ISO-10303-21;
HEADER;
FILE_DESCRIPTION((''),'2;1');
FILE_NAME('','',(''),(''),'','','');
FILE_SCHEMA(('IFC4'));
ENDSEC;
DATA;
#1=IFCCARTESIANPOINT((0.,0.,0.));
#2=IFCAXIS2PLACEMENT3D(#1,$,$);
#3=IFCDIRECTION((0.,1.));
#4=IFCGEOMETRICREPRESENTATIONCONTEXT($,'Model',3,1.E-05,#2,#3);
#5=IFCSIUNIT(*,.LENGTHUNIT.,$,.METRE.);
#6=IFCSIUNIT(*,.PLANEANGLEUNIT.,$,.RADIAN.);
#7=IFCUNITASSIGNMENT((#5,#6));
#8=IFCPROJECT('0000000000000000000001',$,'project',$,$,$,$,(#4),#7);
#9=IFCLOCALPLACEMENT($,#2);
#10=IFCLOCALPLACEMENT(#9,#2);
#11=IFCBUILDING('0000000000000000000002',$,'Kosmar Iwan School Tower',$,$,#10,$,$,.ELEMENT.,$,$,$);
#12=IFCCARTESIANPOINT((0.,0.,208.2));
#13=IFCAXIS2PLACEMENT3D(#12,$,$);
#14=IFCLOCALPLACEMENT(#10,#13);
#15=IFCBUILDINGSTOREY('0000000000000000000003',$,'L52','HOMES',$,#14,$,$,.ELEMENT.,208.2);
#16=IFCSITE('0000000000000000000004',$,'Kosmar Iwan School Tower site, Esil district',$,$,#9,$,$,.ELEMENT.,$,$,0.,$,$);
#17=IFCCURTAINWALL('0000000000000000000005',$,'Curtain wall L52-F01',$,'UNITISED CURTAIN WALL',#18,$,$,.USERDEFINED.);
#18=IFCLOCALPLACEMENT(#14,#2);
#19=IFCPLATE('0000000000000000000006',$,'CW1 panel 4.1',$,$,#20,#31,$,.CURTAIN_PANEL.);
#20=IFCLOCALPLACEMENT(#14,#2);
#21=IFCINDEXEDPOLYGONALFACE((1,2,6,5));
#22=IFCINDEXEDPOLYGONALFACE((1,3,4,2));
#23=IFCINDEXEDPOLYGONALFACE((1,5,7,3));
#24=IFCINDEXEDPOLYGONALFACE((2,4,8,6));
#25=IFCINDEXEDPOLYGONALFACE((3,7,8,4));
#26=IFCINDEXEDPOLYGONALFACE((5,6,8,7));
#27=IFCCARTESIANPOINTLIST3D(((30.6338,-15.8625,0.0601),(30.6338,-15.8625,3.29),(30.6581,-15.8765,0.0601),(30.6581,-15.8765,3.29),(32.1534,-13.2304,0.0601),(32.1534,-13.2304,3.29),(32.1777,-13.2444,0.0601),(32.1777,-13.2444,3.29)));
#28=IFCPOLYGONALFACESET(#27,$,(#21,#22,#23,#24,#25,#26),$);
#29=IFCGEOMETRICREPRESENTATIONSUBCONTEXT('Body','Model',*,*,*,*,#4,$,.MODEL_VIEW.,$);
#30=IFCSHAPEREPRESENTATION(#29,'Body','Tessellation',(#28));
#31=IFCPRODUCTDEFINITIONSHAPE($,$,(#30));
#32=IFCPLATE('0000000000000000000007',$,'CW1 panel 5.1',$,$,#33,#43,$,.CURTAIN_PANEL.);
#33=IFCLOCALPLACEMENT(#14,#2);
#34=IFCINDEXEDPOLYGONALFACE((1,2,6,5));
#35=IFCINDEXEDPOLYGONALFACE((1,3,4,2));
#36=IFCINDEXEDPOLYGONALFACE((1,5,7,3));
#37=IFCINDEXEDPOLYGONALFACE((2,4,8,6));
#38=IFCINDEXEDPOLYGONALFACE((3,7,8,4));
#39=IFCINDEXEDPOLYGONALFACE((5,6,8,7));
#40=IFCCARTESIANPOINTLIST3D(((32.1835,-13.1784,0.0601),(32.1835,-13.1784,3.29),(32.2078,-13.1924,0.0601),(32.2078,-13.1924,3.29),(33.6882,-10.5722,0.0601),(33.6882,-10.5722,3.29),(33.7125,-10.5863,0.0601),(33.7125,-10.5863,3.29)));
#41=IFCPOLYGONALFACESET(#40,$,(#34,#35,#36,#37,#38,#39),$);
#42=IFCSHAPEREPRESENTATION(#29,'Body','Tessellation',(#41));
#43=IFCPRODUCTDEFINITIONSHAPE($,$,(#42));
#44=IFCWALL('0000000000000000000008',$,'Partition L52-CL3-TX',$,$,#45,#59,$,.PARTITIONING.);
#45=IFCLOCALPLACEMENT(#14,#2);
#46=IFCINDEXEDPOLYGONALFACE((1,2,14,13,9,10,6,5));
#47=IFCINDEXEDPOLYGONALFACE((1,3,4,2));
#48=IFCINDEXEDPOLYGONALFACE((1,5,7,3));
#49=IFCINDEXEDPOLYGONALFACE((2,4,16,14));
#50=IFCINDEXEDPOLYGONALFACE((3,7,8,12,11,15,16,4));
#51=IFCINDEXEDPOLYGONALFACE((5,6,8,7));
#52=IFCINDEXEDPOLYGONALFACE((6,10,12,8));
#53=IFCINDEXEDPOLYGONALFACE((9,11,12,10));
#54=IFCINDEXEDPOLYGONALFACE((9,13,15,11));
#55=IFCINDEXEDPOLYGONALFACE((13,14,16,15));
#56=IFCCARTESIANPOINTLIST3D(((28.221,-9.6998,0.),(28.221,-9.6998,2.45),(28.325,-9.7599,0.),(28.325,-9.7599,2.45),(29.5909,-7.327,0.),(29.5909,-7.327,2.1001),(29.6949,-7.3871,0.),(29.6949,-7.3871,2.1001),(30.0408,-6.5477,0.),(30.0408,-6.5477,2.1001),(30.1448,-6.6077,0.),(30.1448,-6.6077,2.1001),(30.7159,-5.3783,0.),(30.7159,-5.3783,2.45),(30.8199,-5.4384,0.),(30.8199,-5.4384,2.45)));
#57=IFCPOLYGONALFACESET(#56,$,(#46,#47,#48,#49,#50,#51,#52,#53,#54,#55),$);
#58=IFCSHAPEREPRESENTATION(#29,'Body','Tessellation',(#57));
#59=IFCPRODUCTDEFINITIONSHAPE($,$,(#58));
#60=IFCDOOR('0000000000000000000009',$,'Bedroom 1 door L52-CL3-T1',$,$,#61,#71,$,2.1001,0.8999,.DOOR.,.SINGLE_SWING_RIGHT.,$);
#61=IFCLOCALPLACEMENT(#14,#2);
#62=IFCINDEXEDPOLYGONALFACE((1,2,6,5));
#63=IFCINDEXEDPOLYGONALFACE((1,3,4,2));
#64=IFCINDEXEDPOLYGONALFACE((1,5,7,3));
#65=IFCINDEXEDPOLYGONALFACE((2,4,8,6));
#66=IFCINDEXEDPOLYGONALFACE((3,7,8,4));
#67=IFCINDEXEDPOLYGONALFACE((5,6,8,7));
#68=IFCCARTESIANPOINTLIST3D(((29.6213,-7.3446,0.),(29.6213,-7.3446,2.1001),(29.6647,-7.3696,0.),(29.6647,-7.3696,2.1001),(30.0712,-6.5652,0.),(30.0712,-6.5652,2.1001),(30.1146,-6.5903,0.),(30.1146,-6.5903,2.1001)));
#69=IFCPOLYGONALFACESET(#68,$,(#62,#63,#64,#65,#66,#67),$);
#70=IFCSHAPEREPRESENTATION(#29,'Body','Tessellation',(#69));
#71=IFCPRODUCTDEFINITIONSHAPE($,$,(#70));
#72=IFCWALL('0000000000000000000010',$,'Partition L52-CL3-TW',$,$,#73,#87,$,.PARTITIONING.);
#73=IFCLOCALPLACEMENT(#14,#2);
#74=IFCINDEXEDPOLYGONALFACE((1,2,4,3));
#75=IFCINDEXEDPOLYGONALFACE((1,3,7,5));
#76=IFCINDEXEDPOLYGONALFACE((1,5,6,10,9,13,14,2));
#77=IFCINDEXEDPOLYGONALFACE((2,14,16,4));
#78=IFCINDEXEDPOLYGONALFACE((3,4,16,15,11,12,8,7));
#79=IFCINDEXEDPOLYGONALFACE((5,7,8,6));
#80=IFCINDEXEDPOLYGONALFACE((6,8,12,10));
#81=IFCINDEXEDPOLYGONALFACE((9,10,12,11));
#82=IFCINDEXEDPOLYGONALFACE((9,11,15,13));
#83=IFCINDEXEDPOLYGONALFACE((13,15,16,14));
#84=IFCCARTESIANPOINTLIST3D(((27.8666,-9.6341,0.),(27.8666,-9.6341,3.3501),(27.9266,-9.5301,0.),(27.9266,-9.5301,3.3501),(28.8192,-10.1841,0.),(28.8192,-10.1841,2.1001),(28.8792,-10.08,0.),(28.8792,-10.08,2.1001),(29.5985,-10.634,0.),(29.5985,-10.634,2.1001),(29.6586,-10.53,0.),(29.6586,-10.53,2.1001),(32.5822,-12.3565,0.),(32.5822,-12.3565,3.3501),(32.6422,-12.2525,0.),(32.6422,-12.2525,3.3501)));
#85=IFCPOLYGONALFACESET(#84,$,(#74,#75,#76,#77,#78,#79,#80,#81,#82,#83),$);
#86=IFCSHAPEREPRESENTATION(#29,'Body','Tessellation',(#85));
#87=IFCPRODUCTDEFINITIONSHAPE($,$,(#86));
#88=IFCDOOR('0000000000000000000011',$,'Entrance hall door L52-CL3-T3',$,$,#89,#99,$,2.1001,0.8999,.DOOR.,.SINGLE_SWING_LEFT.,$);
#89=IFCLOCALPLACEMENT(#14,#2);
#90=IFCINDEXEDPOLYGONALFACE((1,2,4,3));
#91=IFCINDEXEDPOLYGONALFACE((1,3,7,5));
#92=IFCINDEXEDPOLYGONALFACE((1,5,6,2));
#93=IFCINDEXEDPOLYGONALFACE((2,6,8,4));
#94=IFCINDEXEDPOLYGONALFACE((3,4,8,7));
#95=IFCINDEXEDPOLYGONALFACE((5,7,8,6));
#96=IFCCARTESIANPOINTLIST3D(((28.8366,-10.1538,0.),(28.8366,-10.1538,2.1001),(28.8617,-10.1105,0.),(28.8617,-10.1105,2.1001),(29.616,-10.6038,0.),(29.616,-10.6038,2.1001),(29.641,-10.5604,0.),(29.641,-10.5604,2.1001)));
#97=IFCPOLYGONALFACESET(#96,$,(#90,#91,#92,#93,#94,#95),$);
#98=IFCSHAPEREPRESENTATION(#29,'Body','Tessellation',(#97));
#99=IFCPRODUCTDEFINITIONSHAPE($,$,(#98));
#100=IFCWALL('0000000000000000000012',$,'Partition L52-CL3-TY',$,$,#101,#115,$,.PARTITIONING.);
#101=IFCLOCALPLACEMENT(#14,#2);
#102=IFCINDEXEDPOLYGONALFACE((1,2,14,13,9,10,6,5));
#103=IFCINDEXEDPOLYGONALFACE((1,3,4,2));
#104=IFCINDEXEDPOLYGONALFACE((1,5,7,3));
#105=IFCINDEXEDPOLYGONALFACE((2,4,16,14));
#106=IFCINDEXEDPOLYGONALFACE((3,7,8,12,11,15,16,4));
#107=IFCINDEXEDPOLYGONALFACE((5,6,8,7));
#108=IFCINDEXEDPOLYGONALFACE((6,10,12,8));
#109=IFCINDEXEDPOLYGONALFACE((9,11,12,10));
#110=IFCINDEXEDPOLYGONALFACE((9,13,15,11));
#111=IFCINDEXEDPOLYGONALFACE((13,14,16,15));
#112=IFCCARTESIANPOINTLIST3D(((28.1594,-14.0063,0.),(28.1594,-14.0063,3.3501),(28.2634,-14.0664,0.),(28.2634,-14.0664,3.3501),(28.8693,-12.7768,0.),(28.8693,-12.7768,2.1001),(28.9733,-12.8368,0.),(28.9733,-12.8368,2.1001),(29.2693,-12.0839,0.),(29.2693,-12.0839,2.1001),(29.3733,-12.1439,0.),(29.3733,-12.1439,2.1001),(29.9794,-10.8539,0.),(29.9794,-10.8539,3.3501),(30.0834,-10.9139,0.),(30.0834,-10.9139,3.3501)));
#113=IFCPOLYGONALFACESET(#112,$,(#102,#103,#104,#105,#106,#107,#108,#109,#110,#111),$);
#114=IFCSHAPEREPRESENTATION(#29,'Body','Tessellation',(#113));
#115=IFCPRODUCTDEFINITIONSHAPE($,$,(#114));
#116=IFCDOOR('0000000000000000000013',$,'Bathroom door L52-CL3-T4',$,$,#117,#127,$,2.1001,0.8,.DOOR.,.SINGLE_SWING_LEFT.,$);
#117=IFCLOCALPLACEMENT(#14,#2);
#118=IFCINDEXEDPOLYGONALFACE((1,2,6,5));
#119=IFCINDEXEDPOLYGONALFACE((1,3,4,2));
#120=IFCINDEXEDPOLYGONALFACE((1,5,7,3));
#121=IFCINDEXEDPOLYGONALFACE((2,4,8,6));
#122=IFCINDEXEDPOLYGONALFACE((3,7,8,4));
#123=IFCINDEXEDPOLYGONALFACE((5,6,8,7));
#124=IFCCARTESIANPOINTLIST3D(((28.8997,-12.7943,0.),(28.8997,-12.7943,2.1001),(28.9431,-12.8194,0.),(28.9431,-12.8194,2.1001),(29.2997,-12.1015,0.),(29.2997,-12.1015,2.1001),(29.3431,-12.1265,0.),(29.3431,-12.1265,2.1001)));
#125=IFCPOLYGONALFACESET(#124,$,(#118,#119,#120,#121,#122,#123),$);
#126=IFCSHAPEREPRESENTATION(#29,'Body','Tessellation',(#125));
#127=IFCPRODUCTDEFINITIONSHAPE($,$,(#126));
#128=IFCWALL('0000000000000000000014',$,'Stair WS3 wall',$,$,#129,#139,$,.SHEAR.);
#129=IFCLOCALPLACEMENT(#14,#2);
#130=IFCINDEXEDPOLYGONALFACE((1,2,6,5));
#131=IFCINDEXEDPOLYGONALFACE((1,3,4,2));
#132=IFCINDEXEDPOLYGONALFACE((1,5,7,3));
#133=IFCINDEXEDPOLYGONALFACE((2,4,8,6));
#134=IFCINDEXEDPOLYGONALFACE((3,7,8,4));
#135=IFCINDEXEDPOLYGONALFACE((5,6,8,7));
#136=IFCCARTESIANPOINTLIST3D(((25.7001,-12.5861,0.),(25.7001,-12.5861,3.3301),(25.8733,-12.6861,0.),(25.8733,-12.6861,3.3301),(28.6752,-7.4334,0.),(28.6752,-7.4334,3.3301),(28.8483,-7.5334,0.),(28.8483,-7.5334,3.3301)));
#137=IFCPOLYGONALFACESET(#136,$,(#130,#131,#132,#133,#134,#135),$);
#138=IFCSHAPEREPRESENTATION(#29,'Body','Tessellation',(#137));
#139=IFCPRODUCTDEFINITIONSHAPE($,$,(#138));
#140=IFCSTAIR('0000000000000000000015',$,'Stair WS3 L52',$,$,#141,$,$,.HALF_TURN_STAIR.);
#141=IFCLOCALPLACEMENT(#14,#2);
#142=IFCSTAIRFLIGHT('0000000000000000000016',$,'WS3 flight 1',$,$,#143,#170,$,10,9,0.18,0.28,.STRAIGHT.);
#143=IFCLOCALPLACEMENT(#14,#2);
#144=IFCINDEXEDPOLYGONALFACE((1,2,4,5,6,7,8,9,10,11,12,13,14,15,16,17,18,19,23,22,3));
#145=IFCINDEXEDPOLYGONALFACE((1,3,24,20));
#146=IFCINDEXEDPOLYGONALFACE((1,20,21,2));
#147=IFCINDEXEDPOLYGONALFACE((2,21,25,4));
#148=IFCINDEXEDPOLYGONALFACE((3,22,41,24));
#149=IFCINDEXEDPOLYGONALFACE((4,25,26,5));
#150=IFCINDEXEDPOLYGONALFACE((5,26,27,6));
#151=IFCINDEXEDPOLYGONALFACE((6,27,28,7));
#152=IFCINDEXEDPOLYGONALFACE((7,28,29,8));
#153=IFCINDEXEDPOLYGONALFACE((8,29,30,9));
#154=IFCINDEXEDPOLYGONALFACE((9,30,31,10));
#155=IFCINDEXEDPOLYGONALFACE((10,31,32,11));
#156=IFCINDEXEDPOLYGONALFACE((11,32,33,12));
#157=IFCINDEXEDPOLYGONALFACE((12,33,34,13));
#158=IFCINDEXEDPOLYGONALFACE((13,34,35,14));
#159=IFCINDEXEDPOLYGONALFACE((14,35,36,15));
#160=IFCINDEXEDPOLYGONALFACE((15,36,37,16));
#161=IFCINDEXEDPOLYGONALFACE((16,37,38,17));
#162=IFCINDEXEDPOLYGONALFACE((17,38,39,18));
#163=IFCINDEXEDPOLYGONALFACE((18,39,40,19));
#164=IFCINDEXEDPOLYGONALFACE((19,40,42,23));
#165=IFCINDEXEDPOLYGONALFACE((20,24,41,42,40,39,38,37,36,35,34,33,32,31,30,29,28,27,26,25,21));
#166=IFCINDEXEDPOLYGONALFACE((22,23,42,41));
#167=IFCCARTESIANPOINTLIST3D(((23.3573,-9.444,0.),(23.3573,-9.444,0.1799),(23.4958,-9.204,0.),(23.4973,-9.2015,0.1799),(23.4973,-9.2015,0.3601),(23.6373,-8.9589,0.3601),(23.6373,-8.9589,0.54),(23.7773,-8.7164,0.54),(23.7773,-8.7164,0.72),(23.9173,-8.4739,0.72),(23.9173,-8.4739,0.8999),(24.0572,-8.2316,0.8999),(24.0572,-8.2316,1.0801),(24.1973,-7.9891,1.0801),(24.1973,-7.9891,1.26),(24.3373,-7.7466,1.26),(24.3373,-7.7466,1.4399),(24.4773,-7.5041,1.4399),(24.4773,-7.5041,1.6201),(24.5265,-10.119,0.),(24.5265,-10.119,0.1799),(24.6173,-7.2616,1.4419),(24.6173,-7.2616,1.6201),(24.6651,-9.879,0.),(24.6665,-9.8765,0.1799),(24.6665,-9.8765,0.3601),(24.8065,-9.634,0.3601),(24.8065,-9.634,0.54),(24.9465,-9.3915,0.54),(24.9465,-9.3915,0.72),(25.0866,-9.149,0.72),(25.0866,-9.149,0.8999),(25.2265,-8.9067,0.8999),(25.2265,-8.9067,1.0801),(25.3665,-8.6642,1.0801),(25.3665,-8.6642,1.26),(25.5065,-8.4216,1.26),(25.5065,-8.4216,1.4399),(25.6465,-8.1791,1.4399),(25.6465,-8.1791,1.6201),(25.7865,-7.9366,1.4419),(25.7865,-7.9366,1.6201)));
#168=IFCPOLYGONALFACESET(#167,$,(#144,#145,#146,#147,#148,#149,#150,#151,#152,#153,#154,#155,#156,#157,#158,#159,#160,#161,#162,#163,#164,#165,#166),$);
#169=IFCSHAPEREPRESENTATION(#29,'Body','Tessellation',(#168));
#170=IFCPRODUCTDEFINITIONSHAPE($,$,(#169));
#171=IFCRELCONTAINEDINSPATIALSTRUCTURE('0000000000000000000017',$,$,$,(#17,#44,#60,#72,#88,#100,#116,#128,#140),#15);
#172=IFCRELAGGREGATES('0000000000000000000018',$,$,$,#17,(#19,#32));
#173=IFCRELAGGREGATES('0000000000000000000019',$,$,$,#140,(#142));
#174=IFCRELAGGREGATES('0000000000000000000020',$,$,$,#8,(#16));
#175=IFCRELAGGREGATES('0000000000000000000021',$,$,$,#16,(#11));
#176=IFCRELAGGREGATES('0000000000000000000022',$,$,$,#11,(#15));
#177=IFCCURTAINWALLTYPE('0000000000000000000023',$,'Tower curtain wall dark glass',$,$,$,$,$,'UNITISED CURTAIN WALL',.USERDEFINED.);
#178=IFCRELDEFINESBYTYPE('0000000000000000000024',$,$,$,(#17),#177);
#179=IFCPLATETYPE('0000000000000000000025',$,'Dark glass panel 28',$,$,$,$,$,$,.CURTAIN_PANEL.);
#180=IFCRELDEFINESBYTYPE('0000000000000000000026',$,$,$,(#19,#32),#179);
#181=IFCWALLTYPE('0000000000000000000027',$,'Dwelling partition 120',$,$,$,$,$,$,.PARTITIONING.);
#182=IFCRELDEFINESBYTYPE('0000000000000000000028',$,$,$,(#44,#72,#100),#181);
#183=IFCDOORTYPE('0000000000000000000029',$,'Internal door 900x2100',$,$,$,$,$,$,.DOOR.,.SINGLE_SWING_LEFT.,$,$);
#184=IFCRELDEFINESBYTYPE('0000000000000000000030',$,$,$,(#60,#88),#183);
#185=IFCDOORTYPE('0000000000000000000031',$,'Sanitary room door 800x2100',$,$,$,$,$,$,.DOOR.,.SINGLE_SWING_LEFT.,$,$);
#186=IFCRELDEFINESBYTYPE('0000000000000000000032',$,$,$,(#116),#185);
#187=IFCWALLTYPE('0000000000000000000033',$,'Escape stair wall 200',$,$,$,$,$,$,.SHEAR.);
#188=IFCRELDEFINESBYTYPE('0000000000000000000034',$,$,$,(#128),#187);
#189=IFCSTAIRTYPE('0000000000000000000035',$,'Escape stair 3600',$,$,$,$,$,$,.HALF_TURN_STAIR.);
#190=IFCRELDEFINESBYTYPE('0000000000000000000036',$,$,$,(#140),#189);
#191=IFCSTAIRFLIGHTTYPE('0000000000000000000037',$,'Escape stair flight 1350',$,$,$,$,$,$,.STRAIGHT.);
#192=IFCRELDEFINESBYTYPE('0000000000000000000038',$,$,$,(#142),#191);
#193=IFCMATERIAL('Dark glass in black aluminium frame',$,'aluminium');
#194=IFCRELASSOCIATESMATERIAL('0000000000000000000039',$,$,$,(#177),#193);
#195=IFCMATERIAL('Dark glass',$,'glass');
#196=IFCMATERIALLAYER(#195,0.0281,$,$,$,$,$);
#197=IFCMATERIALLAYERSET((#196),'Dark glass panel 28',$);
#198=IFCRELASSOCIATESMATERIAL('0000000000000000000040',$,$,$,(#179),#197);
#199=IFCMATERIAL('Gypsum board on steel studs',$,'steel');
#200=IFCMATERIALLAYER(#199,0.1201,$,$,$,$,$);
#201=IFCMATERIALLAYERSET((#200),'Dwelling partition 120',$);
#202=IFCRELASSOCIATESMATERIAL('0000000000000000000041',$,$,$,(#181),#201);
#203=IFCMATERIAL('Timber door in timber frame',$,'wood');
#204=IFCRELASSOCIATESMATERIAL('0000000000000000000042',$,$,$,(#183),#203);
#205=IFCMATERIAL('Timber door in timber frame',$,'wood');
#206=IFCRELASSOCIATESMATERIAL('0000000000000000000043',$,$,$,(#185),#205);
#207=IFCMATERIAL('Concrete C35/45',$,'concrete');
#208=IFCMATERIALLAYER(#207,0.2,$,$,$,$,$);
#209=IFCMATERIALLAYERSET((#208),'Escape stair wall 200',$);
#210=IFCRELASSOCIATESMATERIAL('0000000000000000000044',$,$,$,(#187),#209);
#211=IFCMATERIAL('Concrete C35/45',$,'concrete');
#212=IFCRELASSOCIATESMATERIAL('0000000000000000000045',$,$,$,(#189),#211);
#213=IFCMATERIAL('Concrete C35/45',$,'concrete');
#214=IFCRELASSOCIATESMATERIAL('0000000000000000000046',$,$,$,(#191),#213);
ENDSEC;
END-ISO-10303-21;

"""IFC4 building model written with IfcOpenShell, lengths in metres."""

from ifc_helpers import new_model, si_unit, direction, frame, frame_2d, origin, origin_2d, place, context, subcontext, project, spatial, polyline, rectangle, outline, extrude, material, layer, layer_set, type_object, element, fill, aggregate, save


model = new_model("IFC4")

# Units and contexts
model_context = context("Model", 3, precision=1e-05, world=origin(), true_north=direction((0.0, 1.0)))
body_context = subcontext(model_context, "Body", "Model", "MODEL_VIEW")
ifc_project = project(units=[si_unit("LENGTHUNIT", "METRE"), si_unit("PLANEANGLEUNIT", "RADIAN")], contexts=[model_context])

# Site, building, storey
site_placement = place(None, origin())
site = spatial("IfcSite", under=ifc_project, at=site_placement, Name="Kosmar Iwan School Tower site, Esil district", CompositionType="ELEMENT", RefElevation=0.0)
building_placement = place(site_placement, origin())
building = spatial("IfcBuilding", under=site, at=building_placement, Name="Kosmar Iwan School Tower", CompositionType="ELEMENT")
storey_placement = place(building_placement, frame((0.0, 0.0, 208.2)))
storey = spatial("IfcBuildingStorey", under=building, at=storey_placement, Name="L52", Description="HOMES", CompositionType="ELEMENT", Elevation=208.2)

# Curtain wall
ifc_material_1 = material(Name="Dark glass in black aluminium frame", Category="aluminium")
curtain_wall_type_1 = type_object("IfcCurtainWallType", Name="Tower curtain wall dark glass", ElementType="UNITISED CURTAIN WALL", PredefinedType="USERDEFINED", material=ifc_material_1)
curtain_wall_1_placement = place(storey_placement, origin())
curtain_wall_1 = element("IfcCurtainWall", 1, at=curtain_wall_1_placement, inside=storey, type_object=curtain_wall_type_1, Name="Curtain wall L52-F01", ObjectType="UNITISED CURTAIN WALL", PredefinedType="USERDEFINED")

# Plates
ifc_material_2 = material(Name="Dark glass", Category="glass")
ifc_layer_1 = layer(ifc_material_2, 0.0281)
ifc_layer_set_1 = layer_set([ifc_layer_1], Name="Dark glass panel 28")
plate_type = type_object("IfcPlateType", Name="Dark glass panel 28", PredefinedType="CURTAIN_PANEL", material=ifc_layer_set_1)
plate_1_placement = place(storey_placement, frame((31.4058, -14.5535, 0.0601), z_axis=(0.0, 0.0, 1.0), x_axis=(0.5, 0.866025, 0.0)))
plate_1 = element("IfcPlate", 2, at=plate_1_placement, type_object=plate_type, Name="CW1 panel 4.1", PredefinedType="CURTAIN_PANEL", context=body_context, shape_type="SweptSolid", body=[
    extrude(rectangle(XDim=3.0393, YDim=0.0281, at=origin_2d()), origin(), (0.0, 0.0, 1.0), 3.23),
])
plate_2_placement = place(storey_placement, frame((32.948, -11.8823, 0.0601), z_axis=(0.0, 0.0, 1.0), x_axis=(0.5, 0.866025, 0.0)))
plate_2 = element("IfcPlate", 3, at=plate_2_placement, type_object=plate_type, Name="CW1 panel 5.1", PredefinedType="CURTAIN_PANEL", context=body_context, shape_type="SweptSolid", body=[
    extrude(rectangle(XDim=3.0093, YDim=0.0281, at=origin_2d()), origin(), (0.0, 0.0, 1.0), 3.23),
])
aggregate(curtain_wall_1, [plate_1, plate_2])

# Walls, openings, doors
ifc_material_3 = material(Name="Gypsum board on steel studs", Category="steel")
ifc_layer_2 = layer(ifc_material_3, 0.1201)
ifc_layer_set_2 = layer_set([ifc_layer_2], Name="Dwelling partition 120")
wall_type_1 = type_object("IfcWallType", Name="Dwelling partition 120", PredefinedType="PARTITIONING", material=ifc_layer_set_2)
wall_1_placement = place(storey_placement, frame((28.2729, -9.73, 0.0), z_axis=(0.0, 0.0, 1.0), x_axis=(0.499975, 0.86604, 0.0)))
wall_1 = element("IfcWall", 4, at=wall_1_placement, inside=storey, type_object=wall_type_1, Name="Partition L52-CL3-TX", PredefinedType="PARTITIONING", context=body_context, shape_type="SweptSolid", body=[
    extrude(rectangle(XDim=4.99, YDim=0.1201, at=frame_2d((2.4951, 0.0))), origin(), (0.0, 0.0, 1.0), 2.45),
])
opening_1_placement = place(wall_1_placement, frame((2.74, 0.0, 0.0)))
opening_1 = element("IfcOpeningElement", 5, at=opening_1_placement, cuts=wall_1, PredefinedType="OPENING", context=body_context, shape_type="SweptSolid", body=[
    extrude(rectangle(XDim=0.8999, YDim=2.1001, at=frame_2d((0.45, 1.05))), frame((0.0, 0.072, 0.0), z_axis=(0.0, -1.0, 0.0), x_axis=(1.0, 0.0, 0.0)), (0.0, 0.0, 1.0), 0.144),
])
ifc_material_4 = material(Name="Timber door in timber frame", Category="wood")
door_type_1 = type_object("IfcDoorType", Name="Internal door 900x2100", OperationType="SINGLE_SWING_LEFT", PredefinedType="DOOR", material=ifc_material_4)
door_1_placement = place(opening_1_placement, origin())
door_1 = element("IfcDoor", 6, at=door_1_placement, inside=storey, type_object=door_type_1, Name="Bedroom 1 door L52-CL3-T1", OperationType="SINGLE_SWING_RIGHT", OverallHeight=2.1001, OverallWidth=0.8999, PredefinedType="DOOR", context=body_context, shape_type="SweptSolid", body=[
    extrude(rectangle(XDim=0.8999, YDim=2.1001, at=frame_2d((0.45, 1.05))), frame((0.0, 0.0249, 0.0), z_axis=(0.0, -1.0, 0.0), x_axis=(1.0, 0.0, 0.0)), (0.0, 0.0, 1.0), 0.05),
])
fill(opening_1, door_1)
wall_2_placement = place(storey_placement, frame((27.8965, -9.582, 0.0), z_axis=(0.0, 0.0, 1.0), x_axis=(0.866036, -0.499982, 0.0)))
wall_2 = element("IfcWall", 7, at=wall_2_placement, inside=storey, type_object=wall_type_1, Name="Partition L52-CL3-TW", PredefinedType="PARTITIONING", context=body_context, shape_type="SweptSolid", body=[
    extrude(rectangle(XDim=5.4451, YDim=0.1201, at=frame_2d((2.7227, 0.0))), origin(), (0.0, 0.0, 1.0), 3.3501),
])
opening_2_placement = place(wall_2_placement, frame((1.1001, 0.0, 0.0)))
opening_2 = element("IfcOpeningElement", 8, at=opening_2_placement, cuts=wall_2, PredefinedType="OPENING", context=body_context, shape_type="SweptSolid", body=[
    extrude(rectangle(XDim=0.8999, YDim=2.1001, at=frame_2d((0.45, 1.05))), frame((0.0, 0.072, 0.0), z_axis=(0.0, -1.0, 0.0), x_axis=(1.0, 0.0, 0.0)), (0.0, 0.0, 1.0), 0.144),
])
door_2_placement = place(opening_2_placement, origin())
door_2 = element("IfcDoor", 9, at=door_2_placement, inside=storey, type_object=door_type_1, Name="Entrance hall door L52-CL3-T3", OperationType="SINGLE_SWING_LEFT", OverallHeight=2.1001, OverallWidth=0.8999, PredefinedType="DOOR", context=body_context, shape_type="SweptSolid", body=[
    extrude(rectangle(XDim=0.8999, YDim=2.1001, at=frame_2d((0.45, 1.05))), frame((0.0, 0.0249, 0.0), z_axis=(0.0, -1.0, 0.0), x_axis=(1.0, 0.0, 0.0)), (0.0, 0.0, 1.0), 0.05),
])
fill(opening_2, door_2)
wall_3_placement = place(storey_placement, frame((28.2114, -14.0364, 0.0), z_axis=(0.0, 0.0, 1.0), x_axis=(0.499984, 0.866035, 0.0)))
wall_3 = element("IfcWall", 10, at=wall_3_placement, inside=storey, type_object=wall_type_1, Name="Partition L52-CL3-TY", PredefinedType="PARTITIONING", context=body_context, shape_type="SweptSolid", body=[
    extrude(rectangle(XDim=3.6401, YDim=0.1201, at=frame_2d((1.8201, 0.0))), origin(), (0.0, 0.0, 1.0), 3.3501),
])
opening_3_placement = place(wall_3_placement, frame((1.4199, 0.0, 0.0)))
opening_3 = element("IfcOpeningElement", 11, at=opening_3_placement, cuts=wall_3, PredefinedType="OPENING", context=body_context, shape_type="SweptSolid", body=[
    extrude(rectangle(XDim=0.8, YDim=2.1001, at=frame_2d((0.3999, 1.05))), frame((0.0, 0.072, 0.0), z_axis=(0.0, -1.0, 0.0), x_axis=(1.0, 0.0, 0.0)), (0.0, 0.0, 1.0), 0.144),
])
ifc_material_5 = material(Name="Timber door in timber frame", Category="wood")
door_type_2 = type_object("IfcDoorType", Name="Sanitary room door 800x2100", OperationType="SINGLE_SWING_LEFT", PredefinedType="DOOR", material=ifc_material_5)
door_3_placement = place(opening_3_placement, origin())
door_3 = element("IfcDoor", 12, at=door_3_placement, inside=storey, type_object=door_type_2, Name="Bathroom door L52-CL3-T4", OperationType="SINGLE_SWING_LEFT", OverallHeight=2.1001, OverallWidth=0.8, PredefinedType="DOOR", context=body_context, shape_type="SweptSolid", body=[
    extrude(rectangle(XDim=0.8, YDim=2.1001, at=frame_2d((0.3999, 1.05))), frame((0.0, 0.0249, 0.0), z_axis=(0.0, -1.0, 0.0), x_axis=(1.0, 0.0, 0.0)), (0.0, 0.0, 1.0), 0.05),
])
fill(opening_3, door_3)

# Wall
ifc_material_6 = material(Name="Concrete C35/45", Category="concrete")
ifc_layer_3 = layer(ifc_material_6, 0.2)
ifc_layer_set_3 = layer_set([ifc_layer_3], Name="Escape stair wall 200")
wall_type_2 = type_object("IfcWallType", Name="Escape stair wall 200", PredefinedType="SHEAR", material=ifc_layer_set_3)
wall_4_placement = place(storey_placement, frame((25.7866, -12.6362, 0.0), z_axis=(0.0, 0.0, 1.0), x_axis=(0.500014, 0.866017, 0.0)))
element("IfcWall", 13, at=wall_4_placement, inside=storey, type_object=wall_type_2, Name="Stair WS3 wall", PredefinedType="SHEAR", context=body_context, shape_type="SweptSolid", body=[
    extrude(rectangle(XDim=5.95, YDim=0.2, at=frame_2d((2.9751, 0.0))), origin(), (0.0, 0.0, 1.0), 3.3301),
])

# Stair, stair flight
ifc_material_7 = material(Name="Concrete C35/45", Category="concrete")
stair_type = type_object("IfcStairType", Name="Escape stair 3600", PredefinedType="HALF_TURN_STAIR", material=ifc_material_7)
stair_placement = place(storey_placement, origin())
stair = element("IfcStair", 14, at=stair_placement, inside=storey, type_object=stair_type, Name="Stair WS3 L52", PredefinedType="HALF_TURN_STAIR")
ifc_material_8 = material(Name="Concrete C35/45", Category="concrete")
stair_flight_type = type_object("IfcStairFlightType", Name="Escape stair flight 1350", PredefinedType="STRAIGHT", material=ifc_material_8)
stair_flight_1_placement = place(storey_placement, frame((23.9419, -9.7815, 0.0), z_axis=(0.0, 0.0, 1.0), x_axis=(0.5, 0.866025, 0.0)))
stair_flight_1 = element("IfcStairFlight", 15, at=stair_flight_1_placement, type_object=stair_flight_type, Name="WS3 flight 1", NumberOfRisers=10, NumberOfTreads=9, PredefinedType="STRAIGHT", RiserHeight=0.18, TreadLength=0.28, context=body_context, shape_type="SweptSolid", body=[
    extrude(outline(polyline([(0.0, 0.0), (0.0, 0.1799), (0.28, 0.1799), (0.28, 0.3601), (0.5601, 0.3601), (0.5601, 0.54), (0.8401, 0.54), (0.8401, 0.72), (1.1201, 0.72), (1.1201, 0.8999), (1.3999, 0.8999), (1.3999, 1.0801), (1.6799, 1.0801), (1.6799, 1.26), (1.96, 1.26), (1.96, 1.4399), (2.24, 1.4399), (2.24, 1.6201), (2.52, 1.6201), (2.52, 1.8), (2.52, 1.4419), (0.2771, 0.0), (0.0, 0.0)])), frame((0.0, 0.675, 0.0), z_axis=(0.0, -1.0, 0.0), x_axis=(1.0, 0.0, 0.0)), (0.0, 0.0, 1.0), 1.3501),
])
aggregate(stair, [stair_flight_1])

save(model, "model.ifc")
